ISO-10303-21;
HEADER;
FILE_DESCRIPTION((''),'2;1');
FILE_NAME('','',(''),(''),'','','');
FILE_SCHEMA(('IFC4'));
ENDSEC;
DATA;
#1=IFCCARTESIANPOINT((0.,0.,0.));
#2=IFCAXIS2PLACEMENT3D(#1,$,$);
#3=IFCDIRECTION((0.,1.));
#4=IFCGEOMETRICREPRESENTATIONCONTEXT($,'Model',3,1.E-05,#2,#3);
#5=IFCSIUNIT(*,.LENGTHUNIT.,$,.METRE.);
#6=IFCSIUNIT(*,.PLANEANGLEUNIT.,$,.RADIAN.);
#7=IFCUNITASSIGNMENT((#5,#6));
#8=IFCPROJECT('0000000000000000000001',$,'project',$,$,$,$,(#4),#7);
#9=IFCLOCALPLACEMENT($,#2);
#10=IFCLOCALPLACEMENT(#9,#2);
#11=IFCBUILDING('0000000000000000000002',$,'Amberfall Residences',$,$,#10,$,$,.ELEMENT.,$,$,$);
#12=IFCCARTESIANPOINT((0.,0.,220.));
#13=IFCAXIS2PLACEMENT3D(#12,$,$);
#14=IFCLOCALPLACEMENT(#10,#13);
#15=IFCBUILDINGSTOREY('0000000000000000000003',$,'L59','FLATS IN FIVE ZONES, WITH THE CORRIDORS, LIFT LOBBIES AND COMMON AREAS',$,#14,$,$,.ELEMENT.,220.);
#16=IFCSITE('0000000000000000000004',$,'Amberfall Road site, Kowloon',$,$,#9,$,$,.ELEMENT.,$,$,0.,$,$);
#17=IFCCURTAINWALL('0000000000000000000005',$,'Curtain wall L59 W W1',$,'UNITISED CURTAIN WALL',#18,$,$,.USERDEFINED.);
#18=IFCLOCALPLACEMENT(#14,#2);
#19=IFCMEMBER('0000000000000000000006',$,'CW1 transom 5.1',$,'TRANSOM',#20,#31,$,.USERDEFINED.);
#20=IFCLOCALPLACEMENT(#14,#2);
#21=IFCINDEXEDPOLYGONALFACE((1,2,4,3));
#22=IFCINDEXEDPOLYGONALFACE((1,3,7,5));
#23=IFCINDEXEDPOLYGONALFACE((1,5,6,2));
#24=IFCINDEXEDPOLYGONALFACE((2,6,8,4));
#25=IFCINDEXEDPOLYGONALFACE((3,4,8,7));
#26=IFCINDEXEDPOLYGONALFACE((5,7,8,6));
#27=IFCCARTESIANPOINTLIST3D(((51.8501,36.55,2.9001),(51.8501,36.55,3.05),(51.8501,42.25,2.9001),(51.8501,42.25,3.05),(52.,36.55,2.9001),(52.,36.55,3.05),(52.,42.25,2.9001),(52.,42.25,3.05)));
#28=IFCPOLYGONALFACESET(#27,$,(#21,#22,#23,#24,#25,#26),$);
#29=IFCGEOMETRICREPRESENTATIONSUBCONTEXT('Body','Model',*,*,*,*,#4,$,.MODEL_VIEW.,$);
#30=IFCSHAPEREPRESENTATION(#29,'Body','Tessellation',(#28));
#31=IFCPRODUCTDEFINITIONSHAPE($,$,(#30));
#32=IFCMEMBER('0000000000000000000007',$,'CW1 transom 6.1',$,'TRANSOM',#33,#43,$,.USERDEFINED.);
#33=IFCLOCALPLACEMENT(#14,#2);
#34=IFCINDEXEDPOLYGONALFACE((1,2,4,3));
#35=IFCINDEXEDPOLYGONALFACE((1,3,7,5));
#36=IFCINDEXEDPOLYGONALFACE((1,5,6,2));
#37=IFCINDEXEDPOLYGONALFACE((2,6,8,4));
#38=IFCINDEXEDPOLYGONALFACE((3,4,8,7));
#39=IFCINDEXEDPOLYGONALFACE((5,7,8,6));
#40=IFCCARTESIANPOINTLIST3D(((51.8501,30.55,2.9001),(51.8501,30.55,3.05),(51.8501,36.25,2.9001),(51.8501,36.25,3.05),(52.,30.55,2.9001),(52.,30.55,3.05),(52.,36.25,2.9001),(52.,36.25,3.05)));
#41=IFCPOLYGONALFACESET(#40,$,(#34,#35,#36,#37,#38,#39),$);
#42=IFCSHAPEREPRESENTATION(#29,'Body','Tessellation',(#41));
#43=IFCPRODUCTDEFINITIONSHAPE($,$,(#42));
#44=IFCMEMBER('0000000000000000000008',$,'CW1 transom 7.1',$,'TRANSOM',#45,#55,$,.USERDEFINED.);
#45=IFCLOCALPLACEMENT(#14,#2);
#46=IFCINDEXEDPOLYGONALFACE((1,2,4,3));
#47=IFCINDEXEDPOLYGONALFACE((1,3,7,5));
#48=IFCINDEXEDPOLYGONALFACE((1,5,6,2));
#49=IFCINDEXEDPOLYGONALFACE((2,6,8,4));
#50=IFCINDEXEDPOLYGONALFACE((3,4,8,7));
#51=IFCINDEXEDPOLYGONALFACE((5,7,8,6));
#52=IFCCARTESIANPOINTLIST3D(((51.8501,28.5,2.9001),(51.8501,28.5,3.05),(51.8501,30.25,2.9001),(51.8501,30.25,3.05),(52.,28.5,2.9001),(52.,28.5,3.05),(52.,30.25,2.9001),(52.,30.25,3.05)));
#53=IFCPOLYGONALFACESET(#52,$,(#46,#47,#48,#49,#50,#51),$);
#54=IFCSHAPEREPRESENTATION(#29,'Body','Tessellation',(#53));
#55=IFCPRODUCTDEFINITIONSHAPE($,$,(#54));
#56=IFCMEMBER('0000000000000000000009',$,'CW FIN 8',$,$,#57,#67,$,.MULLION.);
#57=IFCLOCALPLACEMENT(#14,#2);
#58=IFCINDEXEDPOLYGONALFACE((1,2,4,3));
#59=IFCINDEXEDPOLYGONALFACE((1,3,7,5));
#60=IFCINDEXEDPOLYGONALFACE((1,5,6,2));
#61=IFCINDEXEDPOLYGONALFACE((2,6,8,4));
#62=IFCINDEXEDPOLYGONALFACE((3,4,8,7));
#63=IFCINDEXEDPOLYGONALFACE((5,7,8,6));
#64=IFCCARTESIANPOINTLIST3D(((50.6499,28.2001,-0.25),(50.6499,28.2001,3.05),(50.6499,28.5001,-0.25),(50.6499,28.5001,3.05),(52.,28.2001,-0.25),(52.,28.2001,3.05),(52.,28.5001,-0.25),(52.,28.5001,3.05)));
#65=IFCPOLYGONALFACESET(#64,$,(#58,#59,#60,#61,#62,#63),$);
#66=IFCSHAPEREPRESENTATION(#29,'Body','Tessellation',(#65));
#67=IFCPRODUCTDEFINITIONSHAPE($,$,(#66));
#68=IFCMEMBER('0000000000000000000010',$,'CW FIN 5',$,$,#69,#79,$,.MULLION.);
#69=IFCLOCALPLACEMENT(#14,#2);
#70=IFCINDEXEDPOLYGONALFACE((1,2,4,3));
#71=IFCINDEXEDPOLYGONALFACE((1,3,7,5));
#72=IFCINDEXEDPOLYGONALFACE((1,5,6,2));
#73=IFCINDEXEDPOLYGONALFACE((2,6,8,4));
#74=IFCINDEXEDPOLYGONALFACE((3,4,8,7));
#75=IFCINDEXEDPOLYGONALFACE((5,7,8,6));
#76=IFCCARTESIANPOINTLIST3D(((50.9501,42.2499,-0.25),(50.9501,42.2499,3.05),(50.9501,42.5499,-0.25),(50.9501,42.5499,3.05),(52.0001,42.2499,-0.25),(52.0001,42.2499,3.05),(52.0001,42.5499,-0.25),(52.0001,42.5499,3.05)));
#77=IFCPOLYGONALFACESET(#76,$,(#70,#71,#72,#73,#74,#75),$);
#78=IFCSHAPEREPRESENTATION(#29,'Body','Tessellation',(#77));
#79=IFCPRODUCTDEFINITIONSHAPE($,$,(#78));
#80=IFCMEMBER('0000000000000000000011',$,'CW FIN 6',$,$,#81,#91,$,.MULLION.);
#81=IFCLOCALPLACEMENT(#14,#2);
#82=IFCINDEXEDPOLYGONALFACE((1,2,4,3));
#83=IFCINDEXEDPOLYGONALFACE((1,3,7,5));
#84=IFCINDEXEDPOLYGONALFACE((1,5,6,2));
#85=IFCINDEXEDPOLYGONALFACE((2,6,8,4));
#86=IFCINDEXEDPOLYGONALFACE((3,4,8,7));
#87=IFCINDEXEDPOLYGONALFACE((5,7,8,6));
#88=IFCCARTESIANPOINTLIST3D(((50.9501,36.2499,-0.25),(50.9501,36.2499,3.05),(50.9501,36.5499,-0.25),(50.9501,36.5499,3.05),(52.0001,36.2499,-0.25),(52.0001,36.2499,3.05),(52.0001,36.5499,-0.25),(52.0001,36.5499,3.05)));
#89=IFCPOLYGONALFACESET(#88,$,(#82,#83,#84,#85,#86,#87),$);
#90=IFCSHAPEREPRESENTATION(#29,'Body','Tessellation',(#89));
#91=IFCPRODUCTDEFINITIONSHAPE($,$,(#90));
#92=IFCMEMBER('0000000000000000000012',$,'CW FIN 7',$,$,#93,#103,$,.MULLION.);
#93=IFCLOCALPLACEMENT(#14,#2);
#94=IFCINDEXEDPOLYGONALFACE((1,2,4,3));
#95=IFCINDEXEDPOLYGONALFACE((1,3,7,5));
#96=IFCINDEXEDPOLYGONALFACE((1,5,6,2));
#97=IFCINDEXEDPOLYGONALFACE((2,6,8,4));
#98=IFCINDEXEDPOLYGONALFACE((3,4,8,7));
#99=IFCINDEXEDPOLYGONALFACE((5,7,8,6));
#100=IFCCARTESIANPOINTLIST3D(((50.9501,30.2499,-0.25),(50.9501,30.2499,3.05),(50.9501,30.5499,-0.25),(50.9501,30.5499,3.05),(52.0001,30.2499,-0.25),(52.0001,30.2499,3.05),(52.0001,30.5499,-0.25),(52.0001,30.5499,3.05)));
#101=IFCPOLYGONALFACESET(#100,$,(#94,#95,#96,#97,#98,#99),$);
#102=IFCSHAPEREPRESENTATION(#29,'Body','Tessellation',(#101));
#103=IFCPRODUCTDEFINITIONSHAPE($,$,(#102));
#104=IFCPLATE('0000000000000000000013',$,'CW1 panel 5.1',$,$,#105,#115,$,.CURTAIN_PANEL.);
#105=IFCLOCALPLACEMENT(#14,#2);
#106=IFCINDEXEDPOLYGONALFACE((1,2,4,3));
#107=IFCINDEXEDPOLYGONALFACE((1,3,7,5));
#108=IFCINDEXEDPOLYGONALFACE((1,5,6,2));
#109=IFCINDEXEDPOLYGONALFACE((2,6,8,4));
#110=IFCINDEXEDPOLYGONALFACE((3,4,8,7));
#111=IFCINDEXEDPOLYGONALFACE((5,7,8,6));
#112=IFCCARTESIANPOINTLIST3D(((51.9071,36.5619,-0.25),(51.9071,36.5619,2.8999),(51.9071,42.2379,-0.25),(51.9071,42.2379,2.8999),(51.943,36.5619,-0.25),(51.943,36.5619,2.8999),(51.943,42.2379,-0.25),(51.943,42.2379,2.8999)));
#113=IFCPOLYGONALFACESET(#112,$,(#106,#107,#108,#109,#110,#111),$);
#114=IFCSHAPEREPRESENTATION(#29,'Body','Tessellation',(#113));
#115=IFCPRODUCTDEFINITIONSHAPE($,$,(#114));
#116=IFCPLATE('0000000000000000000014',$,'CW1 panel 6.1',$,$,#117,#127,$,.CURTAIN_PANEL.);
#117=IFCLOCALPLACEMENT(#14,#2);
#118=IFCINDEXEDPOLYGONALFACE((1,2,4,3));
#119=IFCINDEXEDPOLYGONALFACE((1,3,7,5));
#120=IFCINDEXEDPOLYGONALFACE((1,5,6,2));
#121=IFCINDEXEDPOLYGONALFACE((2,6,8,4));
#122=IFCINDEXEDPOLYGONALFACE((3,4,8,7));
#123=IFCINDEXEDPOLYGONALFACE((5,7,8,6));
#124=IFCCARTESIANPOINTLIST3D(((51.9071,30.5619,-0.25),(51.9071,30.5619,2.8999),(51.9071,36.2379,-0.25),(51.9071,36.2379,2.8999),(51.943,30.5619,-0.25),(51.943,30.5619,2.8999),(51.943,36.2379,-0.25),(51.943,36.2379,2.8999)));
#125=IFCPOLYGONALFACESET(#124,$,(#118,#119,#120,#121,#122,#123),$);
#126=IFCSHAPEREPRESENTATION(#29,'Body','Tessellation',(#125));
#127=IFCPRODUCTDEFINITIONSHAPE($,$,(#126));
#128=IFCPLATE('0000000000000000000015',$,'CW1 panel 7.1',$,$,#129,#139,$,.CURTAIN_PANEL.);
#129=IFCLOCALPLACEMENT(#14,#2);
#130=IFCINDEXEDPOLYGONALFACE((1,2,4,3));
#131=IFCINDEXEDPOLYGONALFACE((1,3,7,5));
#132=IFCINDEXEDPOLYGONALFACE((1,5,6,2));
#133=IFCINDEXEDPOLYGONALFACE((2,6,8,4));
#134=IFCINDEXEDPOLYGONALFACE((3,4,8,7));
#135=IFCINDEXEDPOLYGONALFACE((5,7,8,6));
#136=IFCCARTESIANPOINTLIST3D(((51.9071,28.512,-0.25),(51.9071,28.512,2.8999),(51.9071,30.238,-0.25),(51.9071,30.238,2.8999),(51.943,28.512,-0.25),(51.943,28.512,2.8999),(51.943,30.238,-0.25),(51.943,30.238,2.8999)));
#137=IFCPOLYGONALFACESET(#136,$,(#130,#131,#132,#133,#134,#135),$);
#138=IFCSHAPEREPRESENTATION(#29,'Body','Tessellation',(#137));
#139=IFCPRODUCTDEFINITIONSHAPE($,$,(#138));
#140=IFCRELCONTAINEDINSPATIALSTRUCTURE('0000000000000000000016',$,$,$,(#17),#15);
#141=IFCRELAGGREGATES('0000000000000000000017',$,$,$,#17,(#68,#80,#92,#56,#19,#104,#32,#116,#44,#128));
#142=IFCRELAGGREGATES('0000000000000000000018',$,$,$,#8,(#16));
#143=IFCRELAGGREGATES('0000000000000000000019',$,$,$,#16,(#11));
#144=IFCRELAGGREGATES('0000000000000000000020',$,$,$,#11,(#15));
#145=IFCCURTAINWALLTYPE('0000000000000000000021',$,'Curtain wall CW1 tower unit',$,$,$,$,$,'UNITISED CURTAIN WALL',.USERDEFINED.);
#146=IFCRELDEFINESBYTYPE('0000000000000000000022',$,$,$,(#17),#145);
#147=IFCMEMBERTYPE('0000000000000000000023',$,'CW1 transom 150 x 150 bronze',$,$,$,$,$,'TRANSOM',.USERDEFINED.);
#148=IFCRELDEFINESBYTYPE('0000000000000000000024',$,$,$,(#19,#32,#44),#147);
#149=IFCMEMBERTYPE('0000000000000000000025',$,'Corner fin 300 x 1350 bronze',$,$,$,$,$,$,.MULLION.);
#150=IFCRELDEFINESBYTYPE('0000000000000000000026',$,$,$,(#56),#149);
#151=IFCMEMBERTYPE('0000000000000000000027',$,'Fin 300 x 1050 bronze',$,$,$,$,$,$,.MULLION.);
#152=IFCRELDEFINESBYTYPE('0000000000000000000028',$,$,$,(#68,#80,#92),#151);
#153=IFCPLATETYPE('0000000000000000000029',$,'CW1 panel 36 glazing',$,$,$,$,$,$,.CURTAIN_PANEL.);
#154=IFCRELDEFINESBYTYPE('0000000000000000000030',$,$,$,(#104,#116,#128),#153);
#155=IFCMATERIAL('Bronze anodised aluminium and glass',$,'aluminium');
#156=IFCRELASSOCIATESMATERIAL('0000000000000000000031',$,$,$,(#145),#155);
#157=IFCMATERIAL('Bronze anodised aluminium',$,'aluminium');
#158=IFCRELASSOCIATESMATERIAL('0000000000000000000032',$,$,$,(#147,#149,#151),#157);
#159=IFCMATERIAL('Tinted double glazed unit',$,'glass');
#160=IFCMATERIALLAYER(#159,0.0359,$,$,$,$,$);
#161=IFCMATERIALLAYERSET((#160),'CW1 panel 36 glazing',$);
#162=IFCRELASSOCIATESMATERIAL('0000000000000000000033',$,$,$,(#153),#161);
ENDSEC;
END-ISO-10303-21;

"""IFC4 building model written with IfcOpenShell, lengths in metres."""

from ifc_helpers import new_model, si_unit, direction, frame, origin, origin_2d, place, context, subcontext, project, spatial, rectangle, extrude, material, layer, layer_set, material_profile, profile_set, type_object, element, aggregate, save


model = new_model("IFC4")

# Units and contexts
model_context = context("Model", 3, precision=1e-05, world=origin(), true_north=direction((0.0, 1.0)))
body_context = subcontext(model_context, "Body", "Model", "MODEL_VIEW")
ifc_project = project(units=[si_unit("LENGTHUNIT", "METRE"), si_unit("PLANEANGLEUNIT", "RADIAN")], contexts=[model_context])

# Site, building, storey
site_placement = place(None, origin())
site = spatial("IfcSite", under=ifc_project, at=site_placement, Name="Amberfall Road site, Kowloon", CompositionType="ELEMENT", RefElevation=0.0)
building_placement = place(site_placement, origin())
building = spatial("IfcBuilding", under=site, at=building_placement, Name="Amberfall Residences", CompositionType="ELEMENT")
storey_placement = place(building_placement, frame((0.0, 0.0, 220.0)))
storey = spatial("IfcBuildingStorey", under=building, at=storey_placement, Name="L59", Description="FLATS IN FIVE ZONES, WITH THE CORRIDORS, LIFT LOBBIES AND COMMON AREAS", CompositionType="ELEMENT", Elevation=220.0)

# Curtain wall, members, plates
ifc_material_1 = material(Name="Bronze anodised aluminium and glass", Category="aluminium")
curtain_wall_type = type_object("IfcCurtainWallType", Name="Curtain wall CW1 tower unit", ElementType="UNITISED CURTAIN WALL", PredefinedType="USERDEFINED", material=ifc_material_1)
curtain_wall_placement = place(storey_placement, origin())
curtain_wall = element("IfcCurtainWall", 1, at=curtain_wall_placement, inside=storey, type_object=curtain_wall_type, Name="Curtain wall L59 W W1", ObjectType="UNITISED CURTAIN WALL", PredefinedType="USERDEFINED")
ifc_material_2 = material(Name="Bronze anodised aluminium", Category="aluminium")
ifc_material_profile_1 = material_profile(ifc_material_2, rectangle(XDim=0.1499, YDim=0.1499, at=origin_2d()), Name="CW1 transom 150 x 150 bronze")
ifc_profile_set_1 = profile_set([ifc_material_profile_1], Name="Bronze anodised aluminium")
member_type_1 = type_object("IfcMemberType", Name="CW1 transom 150 x 150 bronze", ElementType="TRANSOM", PredefinedType="USERDEFINED", material=ifc_profile_set_1)
member_1_placement = place(storey_placement, frame((51.925, 42.25, 2.9751), z_axis=(0.0, -1.0, 0.0), x_axis=(1.0, 0.0, 0.0)))
member_1 = element("IfcMember", 2, at=member_1_placement, type_object=member_type_1, Name="CW1 transom 5.1", ObjectType="TRANSOM", PredefinedType="USERDEFINED", context=body_context, shape_type="SweptSolid", body=[
    extrude(rectangle(XDim=0.1499, YDim=0.1499, at=origin_2d()), origin(), (0.0, 0.0, 1.0), 5.7),
])
member_2_placement = place(storey_placement, frame((51.925, 36.25, 2.9751), z_axis=(0.0, -1.0, 0.0), x_axis=(1.0, 0.0, 0.0)))
member_2 = element("IfcMember", 3, at=member_2_placement, type_object=member_type_1, Name="CW1 transom 6.1", ObjectType="TRANSOM", PredefinedType="USERDEFINED", context=body_context, shape_type="SweptSolid", body=[
    extrude(rectangle(XDim=0.1499, YDim=0.1499, at=origin_2d()), origin(), (0.0, 0.0, 1.0), 5.7),
])
member_3_placement = place(storey_placement, frame((51.925, 30.25, 2.9751), z_axis=(0.0, -1.0, 0.0), x_axis=(1.0, 0.0, 0.0)))
member_3 = element("IfcMember", 4, at=member_3_placement, type_object=member_type_1, Name="CW1 transom 7.1", ObjectType="TRANSOM", PredefinedType="USERDEFINED", context=body_context, shape_type="SweptSolid", body=[
    extrude(rectangle(XDim=0.1499, YDim=0.1499, at=origin_2d()), origin(), (0.0, 0.0, 1.0), 1.75),
])
ifc_material_profile_2 = material_profile(ifc_material_2, rectangle(XDim=1.3501, YDim=0.3, at=origin_2d()), Name="Corner fin 300 x 1350 bronze")
ifc_profile_set_2 = profile_set([ifc_material_profile_2], Name="Bronze anodised aluminium")
member_type_2 = type_object("IfcMemberType", Name="Corner fin 300 x 1350 bronze", PredefinedType="MULLION", material=ifc_profile_set_2)
member_4_placement = place(storey_placement, frame((51.325, 28.3501, -0.25), z_axis=(0.0, 0.0, 1.0), x_axis=(1.0, 0.0, 0.0)))
member_4 = element("IfcMember", 5, at=member_4_placement, type_object=member_type_2, Name="CW FIN 8", PredefinedType="MULLION", context=body_context, shape_type="SweptSolid", body=[
    extrude(rectangle(XDim=1.3501, YDim=0.3, at=origin_2d()), origin(), (0.0, 0.0, 1.0), 3.3),
])
ifc_material_profile_3 = material_profile(ifc_material_2, rectangle(XDim=1.05, YDim=0.3, at=origin_2d()), Name="Fin 300 x 1050 bronze")
ifc_profile_set_3 = profile_set([ifc_material_profile_3], Name="Bronze anodised aluminium")
member_type_3 = type_object("IfcMemberType", Name="Fin 300 x 1050 bronze", PredefinedType="MULLION", material=ifc_profile_set_3)
member_5_placement = place(storey_placement, frame((51.4751, 42.3999, -0.25), z_axis=(0.0, 0.0, 1.0), x_axis=(1.0, 0.0, 0.0)))
member_5 = element("IfcMember", 6, at=member_5_placement, type_object=member_type_3, Name="CW FIN 5", PredefinedType="MULLION", context=body_context, shape_type="SweptSolid", body=[
    extrude(rectangle(XDim=1.05, YDim=0.3, at=origin_2d()), origin(), (0.0, 0.0, 1.0), 3.3),
])
member_6_placement = place(storey_placement, frame((51.4751, 36.3999, -0.25), z_axis=(0.0, 0.0, 1.0), x_axis=(1.0, 0.0, 0.0)))
member_6 = element("IfcMember", 7, at=member_6_placement, type_object=member_type_3, Name="CW FIN 6", PredefinedType="MULLION", context=body_context, shape_type="SweptSolid", body=[
    extrude(rectangle(XDim=1.05, YDim=0.3, at=origin_2d()), origin(), (0.0, 0.0, 1.0), 3.3),
])
member_7_placement = place(storey_placement, frame((51.4751, 30.3999, -0.25), z_axis=(0.0, 0.0, 1.0), x_axis=(1.0, 0.0, 0.0)))
member_7 = element("IfcMember", 8, at=member_7_placement, type_object=member_type_3, Name="CW FIN 7", PredefinedType="MULLION", context=body_context, shape_type="SweptSolid", body=[
    extrude(rectangle(XDim=1.05, YDim=0.3, at=origin_2d()), origin(), (0.0, 0.0, 1.0), 3.3),
])
ifc_material_3 = material(Name="Tinted double glazed unit", Category="glass")
ifc_layer_1 = layer(ifc_material_3, 0.0359)
ifc_layer_set_1 = layer_set([ifc_layer_1], Name="CW1 panel 36 glazing")
plate_type = type_object("IfcPlateType", Name="CW1 panel 36 glazing", PredefinedType="CURTAIN_PANEL", material=ifc_layer_set_1)
plate_1_placement = place(storey_placement, frame((51.925, 39.3999, -0.25), z_axis=(0.0, 0.0, 1.0), x_axis=(0.0, -1.0, 0.0)))
plate_1 = element("IfcPlate", 9, at=plate_1_placement, type_object=plate_type, Name="CW1 panel 5.1", PredefinedType="CURTAIN_PANEL", context=body_context, shape_type="SweptSolid", body=[
    extrude(rectangle(XDim=5.676, YDim=0.0359, at=origin_2d()), origin(), (0.0, 0.0, 1.0), 3.1499),
])
plate_2_placement = place(storey_placement, frame((51.925, 33.3999, -0.25), z_axis=(0.0, 0.0, 1.0), x_axis=(0.0, -1.0, 0.0)))
plate_2 = element("IfcPlate", 10, at=plate_2_placement, type_object=plate_type, Name="CW1 panel 6.1", PredefinedType="CURTAIN_PANEL", context=body_context, shape_type="SweptSolid", body=[
    extrude(rectangle(XDim=5.676, YDim=0.0359, at=origin_2d()), origin(), (0.0, 0.0, 1.0), 3.1499),
])
plate_3_placement = place(storey_placement, frame((51.925, 29.375, -0.25), z_axis=(0.0, 0.0, 1.0), x_axis=(0.0, -1.0, 0.0)))
plate_3 = element("IfcPlate", 11, at=plate_3_placement, type_object=plate_type, Name="CW1 panel 7.1", PredefinedType="CURTAIN_PANEL", context=body_context, shape_type="SweptSolid", body=[
    extrude(rectangle(XDim=1.7261, YDim=0.0359, at=origin_2d()), origin(), (0.0, 0.0, 1.0), 3.1499),
])
aggregate(curtain_wall, [member_5, member_6, member_7, member_4, member_1, plate_1, member_2, plate_2, member_3, plate_3])

save(model, "model.ifc")
